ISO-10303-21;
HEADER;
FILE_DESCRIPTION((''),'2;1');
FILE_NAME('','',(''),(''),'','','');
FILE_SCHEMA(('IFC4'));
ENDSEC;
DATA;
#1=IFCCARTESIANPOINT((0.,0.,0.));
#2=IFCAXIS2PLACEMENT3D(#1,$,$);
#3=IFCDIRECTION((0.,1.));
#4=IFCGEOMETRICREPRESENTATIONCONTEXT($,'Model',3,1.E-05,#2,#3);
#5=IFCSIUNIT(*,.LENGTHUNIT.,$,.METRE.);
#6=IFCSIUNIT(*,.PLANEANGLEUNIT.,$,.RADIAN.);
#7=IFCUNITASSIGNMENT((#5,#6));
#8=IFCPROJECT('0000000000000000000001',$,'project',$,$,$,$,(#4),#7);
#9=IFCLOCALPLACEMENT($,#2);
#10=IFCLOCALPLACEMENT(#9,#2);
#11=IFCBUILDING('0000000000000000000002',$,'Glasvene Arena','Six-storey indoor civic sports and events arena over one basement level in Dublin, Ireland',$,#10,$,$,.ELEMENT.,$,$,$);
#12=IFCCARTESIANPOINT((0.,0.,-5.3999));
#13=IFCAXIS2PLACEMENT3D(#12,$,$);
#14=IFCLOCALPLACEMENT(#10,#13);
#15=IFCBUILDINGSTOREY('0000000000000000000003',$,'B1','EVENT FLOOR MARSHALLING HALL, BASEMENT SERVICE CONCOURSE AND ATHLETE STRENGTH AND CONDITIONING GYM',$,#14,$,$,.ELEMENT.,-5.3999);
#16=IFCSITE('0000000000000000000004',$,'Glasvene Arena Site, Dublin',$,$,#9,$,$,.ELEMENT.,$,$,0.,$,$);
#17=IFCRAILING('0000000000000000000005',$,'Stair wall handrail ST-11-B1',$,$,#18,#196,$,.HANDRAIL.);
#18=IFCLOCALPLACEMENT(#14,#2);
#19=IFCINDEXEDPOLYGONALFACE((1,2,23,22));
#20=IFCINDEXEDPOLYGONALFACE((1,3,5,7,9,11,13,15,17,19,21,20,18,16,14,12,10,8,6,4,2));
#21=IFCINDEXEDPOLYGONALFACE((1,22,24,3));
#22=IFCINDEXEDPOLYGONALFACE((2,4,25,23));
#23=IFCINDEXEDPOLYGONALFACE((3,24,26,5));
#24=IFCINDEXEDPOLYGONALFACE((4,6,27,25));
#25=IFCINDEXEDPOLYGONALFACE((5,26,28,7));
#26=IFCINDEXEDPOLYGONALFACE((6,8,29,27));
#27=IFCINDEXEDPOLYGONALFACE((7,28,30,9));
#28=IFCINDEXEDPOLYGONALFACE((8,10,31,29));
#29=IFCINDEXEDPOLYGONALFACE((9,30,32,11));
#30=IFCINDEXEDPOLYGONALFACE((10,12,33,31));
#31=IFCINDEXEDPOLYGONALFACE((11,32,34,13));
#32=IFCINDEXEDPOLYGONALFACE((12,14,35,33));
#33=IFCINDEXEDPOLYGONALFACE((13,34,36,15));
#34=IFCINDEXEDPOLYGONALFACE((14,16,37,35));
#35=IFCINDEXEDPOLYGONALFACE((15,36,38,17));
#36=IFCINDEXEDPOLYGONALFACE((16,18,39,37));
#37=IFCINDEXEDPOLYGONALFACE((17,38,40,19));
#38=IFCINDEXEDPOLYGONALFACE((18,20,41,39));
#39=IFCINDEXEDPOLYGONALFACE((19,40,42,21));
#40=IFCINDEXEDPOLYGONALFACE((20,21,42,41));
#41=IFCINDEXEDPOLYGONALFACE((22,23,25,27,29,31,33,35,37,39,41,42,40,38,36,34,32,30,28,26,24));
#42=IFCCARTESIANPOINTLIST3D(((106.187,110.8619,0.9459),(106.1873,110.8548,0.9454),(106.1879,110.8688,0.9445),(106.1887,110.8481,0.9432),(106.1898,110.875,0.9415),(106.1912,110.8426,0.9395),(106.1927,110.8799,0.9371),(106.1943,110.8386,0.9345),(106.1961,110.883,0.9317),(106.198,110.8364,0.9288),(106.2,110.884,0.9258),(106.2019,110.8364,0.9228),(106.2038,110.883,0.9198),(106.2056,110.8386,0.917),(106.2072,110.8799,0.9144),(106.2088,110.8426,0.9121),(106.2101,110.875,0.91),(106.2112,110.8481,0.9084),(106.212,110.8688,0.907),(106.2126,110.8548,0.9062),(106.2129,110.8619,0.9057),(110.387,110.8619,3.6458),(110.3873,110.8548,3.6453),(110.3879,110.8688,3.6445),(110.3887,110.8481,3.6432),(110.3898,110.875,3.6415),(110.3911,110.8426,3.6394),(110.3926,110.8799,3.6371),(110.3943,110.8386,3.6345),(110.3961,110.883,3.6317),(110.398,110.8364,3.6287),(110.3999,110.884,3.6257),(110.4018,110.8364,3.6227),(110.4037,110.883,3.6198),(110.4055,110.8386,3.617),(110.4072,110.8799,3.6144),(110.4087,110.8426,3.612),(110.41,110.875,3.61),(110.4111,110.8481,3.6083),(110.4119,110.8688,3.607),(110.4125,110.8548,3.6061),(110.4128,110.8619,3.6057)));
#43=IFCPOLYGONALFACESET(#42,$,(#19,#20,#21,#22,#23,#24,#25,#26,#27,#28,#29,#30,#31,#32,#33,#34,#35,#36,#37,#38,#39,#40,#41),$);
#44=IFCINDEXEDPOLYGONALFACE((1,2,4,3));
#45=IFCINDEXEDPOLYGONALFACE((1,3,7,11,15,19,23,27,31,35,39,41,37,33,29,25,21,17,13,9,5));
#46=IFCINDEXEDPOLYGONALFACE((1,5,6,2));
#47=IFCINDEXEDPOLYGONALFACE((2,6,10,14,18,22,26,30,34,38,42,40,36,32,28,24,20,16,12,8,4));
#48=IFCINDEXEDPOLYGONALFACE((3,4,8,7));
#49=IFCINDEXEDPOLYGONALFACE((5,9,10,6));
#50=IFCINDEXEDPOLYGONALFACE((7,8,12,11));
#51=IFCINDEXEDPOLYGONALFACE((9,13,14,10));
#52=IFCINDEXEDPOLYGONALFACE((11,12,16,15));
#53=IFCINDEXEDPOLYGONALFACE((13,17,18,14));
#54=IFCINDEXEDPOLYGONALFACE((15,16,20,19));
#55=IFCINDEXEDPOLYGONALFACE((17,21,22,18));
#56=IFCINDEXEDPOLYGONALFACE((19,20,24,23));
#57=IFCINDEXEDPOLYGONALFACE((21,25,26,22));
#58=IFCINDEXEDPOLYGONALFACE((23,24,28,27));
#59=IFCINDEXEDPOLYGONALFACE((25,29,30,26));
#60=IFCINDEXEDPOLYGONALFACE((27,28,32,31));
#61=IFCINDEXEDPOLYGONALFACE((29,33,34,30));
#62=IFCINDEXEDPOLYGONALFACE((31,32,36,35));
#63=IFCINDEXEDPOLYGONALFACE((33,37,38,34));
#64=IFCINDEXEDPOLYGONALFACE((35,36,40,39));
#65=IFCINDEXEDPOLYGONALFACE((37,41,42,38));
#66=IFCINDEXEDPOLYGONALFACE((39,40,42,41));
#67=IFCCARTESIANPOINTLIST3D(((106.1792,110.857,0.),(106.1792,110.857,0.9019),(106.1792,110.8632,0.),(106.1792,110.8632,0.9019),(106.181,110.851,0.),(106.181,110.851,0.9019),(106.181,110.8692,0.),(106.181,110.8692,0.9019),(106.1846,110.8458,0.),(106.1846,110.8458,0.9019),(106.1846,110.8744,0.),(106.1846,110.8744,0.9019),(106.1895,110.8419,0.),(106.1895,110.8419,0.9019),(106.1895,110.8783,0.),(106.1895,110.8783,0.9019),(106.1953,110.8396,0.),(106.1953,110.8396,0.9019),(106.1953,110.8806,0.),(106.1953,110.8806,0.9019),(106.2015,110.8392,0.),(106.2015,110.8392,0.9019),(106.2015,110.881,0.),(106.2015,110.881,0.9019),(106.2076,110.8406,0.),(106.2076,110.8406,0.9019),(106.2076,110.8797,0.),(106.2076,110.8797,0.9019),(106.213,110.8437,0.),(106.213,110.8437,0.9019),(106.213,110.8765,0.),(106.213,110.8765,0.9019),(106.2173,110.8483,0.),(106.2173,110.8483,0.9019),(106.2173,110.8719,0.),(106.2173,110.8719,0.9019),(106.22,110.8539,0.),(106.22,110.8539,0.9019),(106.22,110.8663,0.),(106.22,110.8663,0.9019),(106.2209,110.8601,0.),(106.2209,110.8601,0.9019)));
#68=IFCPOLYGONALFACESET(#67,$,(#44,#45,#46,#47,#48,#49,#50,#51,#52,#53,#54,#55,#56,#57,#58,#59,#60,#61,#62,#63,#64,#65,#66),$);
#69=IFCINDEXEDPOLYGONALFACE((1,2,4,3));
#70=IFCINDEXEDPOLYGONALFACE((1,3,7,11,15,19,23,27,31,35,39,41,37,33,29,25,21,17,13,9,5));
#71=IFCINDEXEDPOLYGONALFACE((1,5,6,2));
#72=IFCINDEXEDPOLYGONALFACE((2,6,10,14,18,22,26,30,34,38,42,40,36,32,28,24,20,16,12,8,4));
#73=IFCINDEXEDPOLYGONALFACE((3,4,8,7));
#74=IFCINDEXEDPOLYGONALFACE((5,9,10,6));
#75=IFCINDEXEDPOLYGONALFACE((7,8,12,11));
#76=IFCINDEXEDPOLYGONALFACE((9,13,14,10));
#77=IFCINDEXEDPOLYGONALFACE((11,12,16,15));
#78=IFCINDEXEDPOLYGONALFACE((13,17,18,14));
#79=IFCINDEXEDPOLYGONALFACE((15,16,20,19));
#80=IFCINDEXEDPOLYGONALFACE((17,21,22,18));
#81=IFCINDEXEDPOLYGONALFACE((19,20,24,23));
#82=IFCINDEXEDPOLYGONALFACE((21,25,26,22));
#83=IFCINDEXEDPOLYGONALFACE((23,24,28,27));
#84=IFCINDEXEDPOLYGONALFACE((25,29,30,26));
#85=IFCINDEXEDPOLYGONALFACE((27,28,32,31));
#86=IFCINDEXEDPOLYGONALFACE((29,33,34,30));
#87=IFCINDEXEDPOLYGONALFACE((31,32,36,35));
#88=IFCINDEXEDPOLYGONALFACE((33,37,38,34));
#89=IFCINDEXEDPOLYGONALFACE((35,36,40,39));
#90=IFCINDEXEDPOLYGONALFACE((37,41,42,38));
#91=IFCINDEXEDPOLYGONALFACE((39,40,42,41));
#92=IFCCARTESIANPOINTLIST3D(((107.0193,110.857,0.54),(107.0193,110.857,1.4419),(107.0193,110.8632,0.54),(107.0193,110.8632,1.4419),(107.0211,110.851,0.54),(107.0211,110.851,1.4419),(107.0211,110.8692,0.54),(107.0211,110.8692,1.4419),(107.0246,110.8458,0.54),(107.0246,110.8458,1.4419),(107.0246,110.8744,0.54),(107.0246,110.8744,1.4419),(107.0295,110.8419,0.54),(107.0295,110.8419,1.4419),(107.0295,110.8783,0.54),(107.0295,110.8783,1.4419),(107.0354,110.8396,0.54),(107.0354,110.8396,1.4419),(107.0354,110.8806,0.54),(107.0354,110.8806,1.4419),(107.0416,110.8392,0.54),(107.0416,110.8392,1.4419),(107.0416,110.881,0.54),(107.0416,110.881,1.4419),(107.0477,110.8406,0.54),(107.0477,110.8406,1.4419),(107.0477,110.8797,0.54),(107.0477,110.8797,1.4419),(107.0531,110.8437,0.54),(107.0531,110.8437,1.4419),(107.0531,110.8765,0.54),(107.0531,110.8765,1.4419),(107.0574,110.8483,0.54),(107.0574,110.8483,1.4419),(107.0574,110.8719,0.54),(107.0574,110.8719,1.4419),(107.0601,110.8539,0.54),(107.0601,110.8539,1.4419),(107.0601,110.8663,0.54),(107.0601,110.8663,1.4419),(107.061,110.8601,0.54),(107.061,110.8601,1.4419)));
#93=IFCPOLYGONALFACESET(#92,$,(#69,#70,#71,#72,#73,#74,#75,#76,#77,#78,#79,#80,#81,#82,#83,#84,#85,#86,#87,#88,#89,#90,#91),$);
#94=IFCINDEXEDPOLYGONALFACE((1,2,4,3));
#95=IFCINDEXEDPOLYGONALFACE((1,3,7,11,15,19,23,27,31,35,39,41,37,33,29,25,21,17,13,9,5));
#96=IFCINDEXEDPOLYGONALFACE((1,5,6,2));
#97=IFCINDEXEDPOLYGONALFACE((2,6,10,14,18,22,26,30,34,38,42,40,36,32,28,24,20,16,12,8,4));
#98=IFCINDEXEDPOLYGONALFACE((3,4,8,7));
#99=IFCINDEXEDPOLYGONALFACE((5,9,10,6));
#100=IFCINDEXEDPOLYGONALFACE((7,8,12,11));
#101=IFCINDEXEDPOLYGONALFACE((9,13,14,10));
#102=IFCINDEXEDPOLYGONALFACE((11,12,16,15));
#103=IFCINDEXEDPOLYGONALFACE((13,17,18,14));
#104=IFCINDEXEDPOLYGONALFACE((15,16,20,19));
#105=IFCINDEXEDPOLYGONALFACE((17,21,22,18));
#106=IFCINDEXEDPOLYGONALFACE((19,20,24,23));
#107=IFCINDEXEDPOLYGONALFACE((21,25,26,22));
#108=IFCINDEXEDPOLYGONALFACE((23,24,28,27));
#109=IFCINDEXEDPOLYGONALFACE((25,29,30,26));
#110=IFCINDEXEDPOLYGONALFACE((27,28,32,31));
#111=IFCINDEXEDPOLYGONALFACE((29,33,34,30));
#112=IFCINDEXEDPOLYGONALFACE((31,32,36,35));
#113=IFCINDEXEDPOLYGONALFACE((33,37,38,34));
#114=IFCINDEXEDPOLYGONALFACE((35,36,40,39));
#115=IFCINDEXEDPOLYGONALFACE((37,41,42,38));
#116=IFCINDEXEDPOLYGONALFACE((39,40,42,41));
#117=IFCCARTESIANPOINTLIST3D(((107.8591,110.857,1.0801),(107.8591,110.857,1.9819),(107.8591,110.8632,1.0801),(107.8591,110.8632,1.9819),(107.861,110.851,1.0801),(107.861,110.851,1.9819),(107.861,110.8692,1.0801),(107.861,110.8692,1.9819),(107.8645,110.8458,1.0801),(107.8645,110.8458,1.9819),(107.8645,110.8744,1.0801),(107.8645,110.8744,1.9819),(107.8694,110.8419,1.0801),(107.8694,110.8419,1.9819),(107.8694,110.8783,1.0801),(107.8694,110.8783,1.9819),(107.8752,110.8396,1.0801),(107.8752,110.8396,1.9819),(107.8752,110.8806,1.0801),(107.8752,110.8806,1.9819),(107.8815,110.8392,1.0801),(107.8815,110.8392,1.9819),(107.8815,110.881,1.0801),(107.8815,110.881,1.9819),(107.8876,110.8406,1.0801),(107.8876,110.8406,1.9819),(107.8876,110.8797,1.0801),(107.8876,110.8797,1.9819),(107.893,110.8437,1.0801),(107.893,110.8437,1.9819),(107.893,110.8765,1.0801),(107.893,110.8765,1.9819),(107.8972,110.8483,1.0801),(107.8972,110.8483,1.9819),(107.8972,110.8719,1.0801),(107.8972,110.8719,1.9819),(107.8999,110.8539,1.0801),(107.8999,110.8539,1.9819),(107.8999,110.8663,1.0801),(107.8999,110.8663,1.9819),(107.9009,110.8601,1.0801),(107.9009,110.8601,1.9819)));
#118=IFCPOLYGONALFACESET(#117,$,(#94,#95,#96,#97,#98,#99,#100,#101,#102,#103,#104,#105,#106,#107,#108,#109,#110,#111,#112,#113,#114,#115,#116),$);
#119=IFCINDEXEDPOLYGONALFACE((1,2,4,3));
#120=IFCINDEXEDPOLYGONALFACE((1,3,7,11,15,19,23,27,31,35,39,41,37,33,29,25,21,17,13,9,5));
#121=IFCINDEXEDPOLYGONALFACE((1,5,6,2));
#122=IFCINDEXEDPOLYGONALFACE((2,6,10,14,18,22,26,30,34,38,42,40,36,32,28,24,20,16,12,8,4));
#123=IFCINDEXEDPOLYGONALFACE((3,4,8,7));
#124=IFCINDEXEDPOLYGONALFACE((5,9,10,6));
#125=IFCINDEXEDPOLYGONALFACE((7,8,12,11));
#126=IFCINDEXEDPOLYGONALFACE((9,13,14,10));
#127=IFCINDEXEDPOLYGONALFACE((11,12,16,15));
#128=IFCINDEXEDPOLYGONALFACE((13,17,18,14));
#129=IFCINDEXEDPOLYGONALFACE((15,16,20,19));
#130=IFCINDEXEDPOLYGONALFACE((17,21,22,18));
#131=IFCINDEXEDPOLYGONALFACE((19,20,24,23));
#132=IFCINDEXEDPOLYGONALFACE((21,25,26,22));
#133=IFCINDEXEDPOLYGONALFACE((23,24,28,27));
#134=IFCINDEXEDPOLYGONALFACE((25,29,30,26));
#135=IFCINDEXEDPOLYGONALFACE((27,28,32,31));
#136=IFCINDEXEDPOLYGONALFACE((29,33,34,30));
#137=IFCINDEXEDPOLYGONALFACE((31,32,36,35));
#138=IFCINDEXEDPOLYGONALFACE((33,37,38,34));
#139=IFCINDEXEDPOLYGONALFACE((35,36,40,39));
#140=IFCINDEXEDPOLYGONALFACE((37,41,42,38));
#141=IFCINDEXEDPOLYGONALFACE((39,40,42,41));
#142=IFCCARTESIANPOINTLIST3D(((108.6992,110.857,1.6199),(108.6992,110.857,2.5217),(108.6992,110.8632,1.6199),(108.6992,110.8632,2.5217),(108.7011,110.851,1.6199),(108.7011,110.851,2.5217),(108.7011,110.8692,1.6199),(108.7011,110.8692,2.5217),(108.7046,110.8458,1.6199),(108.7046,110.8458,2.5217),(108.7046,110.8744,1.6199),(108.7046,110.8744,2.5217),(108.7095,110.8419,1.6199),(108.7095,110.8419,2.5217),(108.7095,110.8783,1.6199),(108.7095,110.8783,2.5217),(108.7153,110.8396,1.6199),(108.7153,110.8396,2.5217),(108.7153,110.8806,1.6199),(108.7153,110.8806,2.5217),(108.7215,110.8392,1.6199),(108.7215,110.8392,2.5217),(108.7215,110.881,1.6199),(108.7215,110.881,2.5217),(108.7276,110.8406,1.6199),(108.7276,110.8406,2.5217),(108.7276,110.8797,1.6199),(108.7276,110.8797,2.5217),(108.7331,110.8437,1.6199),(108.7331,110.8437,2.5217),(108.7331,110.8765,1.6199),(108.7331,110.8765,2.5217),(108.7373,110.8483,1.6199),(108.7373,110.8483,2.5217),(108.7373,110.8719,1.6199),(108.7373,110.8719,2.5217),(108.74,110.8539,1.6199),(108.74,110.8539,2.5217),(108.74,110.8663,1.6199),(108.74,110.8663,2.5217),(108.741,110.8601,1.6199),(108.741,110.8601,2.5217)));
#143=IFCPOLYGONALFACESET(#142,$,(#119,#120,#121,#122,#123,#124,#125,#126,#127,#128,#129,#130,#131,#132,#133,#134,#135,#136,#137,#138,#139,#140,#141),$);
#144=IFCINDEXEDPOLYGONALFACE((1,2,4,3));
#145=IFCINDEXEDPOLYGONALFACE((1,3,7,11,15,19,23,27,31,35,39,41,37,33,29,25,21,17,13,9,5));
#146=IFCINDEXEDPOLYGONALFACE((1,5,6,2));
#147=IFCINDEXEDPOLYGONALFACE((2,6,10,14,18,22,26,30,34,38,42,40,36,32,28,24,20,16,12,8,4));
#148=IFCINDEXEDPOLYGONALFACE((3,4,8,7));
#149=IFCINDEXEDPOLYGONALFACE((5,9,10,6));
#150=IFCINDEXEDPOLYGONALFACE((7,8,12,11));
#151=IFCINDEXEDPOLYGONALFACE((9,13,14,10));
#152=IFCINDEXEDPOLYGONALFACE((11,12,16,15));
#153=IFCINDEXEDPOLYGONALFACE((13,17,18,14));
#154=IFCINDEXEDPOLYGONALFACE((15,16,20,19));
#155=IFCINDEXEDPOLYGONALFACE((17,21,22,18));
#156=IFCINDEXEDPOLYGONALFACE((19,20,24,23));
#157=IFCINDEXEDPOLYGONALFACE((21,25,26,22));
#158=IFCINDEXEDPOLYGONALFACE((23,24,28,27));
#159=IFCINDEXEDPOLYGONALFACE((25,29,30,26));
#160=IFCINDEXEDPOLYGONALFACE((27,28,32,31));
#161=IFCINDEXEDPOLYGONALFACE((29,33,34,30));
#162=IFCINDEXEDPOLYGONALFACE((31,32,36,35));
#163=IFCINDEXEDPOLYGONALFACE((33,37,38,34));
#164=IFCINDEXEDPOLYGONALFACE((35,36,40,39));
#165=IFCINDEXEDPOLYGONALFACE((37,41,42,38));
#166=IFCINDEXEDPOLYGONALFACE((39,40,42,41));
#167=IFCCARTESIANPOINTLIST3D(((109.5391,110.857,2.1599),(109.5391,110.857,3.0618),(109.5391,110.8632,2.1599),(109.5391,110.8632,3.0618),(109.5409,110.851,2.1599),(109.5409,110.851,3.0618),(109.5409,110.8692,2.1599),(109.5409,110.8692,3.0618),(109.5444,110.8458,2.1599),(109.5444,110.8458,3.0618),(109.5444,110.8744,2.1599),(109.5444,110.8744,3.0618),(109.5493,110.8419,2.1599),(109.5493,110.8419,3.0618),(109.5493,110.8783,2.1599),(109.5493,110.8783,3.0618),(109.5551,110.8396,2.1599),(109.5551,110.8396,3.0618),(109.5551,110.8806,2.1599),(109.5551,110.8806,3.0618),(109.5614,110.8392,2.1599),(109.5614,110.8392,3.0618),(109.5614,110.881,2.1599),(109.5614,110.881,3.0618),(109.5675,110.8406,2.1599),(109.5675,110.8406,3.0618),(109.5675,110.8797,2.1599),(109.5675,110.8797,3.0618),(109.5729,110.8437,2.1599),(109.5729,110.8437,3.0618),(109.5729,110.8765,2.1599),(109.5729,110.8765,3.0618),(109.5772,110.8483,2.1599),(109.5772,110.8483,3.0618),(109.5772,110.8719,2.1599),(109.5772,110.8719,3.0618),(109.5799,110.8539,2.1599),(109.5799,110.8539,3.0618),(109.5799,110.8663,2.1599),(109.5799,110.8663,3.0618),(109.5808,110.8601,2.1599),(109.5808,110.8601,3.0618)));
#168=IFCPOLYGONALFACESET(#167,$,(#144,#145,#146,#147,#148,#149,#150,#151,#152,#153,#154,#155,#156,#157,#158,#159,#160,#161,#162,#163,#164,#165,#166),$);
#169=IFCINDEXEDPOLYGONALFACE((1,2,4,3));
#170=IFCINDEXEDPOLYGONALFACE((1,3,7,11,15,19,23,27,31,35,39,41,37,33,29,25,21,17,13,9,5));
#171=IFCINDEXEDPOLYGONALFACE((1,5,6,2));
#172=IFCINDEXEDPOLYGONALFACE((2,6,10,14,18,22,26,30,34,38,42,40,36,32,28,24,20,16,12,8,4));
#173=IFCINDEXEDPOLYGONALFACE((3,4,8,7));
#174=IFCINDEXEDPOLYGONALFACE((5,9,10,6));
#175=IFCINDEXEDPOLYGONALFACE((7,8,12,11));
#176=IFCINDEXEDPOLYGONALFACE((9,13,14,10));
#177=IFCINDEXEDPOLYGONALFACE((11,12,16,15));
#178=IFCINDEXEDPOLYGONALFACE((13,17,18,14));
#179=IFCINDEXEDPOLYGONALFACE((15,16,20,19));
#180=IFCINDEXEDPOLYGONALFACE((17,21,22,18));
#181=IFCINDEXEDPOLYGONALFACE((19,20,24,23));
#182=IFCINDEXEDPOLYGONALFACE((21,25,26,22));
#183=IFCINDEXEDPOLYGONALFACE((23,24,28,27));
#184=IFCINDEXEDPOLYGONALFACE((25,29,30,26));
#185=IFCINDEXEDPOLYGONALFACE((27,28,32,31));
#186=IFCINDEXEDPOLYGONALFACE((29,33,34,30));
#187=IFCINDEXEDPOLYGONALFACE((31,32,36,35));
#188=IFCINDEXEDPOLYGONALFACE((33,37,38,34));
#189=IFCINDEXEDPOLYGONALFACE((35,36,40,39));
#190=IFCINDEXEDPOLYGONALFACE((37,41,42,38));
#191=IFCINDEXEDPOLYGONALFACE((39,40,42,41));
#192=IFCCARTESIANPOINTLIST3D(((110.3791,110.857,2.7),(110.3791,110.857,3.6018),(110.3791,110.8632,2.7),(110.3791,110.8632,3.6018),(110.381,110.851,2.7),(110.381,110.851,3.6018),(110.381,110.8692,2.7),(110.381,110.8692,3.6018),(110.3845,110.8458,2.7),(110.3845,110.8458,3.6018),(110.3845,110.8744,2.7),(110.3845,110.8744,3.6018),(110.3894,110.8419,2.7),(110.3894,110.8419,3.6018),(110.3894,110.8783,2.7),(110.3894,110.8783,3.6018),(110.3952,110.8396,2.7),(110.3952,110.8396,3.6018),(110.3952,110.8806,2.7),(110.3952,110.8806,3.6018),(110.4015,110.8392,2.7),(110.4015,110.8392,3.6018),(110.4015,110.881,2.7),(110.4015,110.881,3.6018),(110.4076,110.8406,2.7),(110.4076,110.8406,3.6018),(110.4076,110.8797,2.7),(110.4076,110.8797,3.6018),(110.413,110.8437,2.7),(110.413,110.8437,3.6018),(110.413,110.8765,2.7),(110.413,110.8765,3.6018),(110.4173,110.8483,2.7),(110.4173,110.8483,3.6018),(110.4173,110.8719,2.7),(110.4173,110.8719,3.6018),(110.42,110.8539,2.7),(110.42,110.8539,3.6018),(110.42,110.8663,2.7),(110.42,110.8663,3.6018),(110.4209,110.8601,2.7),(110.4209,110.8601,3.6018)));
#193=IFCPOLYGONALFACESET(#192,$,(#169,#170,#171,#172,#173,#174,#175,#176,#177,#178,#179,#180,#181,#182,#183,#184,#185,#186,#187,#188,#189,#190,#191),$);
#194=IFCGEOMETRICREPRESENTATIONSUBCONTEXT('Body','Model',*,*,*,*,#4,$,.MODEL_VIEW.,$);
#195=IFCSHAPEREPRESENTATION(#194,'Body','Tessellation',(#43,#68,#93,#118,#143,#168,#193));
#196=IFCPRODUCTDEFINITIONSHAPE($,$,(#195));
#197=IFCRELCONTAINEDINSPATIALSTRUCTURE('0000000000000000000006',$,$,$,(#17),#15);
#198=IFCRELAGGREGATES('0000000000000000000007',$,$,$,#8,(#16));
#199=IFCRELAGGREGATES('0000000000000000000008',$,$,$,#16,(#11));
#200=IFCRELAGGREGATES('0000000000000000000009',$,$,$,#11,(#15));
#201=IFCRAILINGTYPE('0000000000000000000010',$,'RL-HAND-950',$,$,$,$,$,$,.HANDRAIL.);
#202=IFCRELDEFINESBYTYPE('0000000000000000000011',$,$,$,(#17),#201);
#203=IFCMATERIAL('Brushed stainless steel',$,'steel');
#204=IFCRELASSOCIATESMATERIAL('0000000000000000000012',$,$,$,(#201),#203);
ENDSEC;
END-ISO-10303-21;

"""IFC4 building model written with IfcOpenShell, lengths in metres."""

from ifc_helpers import new_model, si_unit, direction, frame, origin, origin_2d, place, context, subcontext, project, spatial, circle, extrude, material, type_object, element, save


model = new_model("IFC4")

# Units and contexts
model_context = context("Model", 3, precision=1e-05, world=origin(), true_north=direction((0.0, 1.0)))
body_context = subcontext(model_context, "Body", "Model", "MODEL_VIEW")
ifc_project = project(units=[si_unit("LENGTHUNIT", "METRE"), si_unit("PLANEANGLEUNIT", "RADIAN")], contexts=[model_context])

# Site, building, storey
site_placement = place(None, origin())
site = spatial("IfcSite", under=ifc_project, at=site_placement, Name="Glasvene Arena Site, Dublin", CompositionType="ELEMENT", RefElevation=0.0)
building_placement = place(site_placement, origin())
building = spatial("IfcBuilding", under=site, at=building_placement, Name="Glasvene Arena", Description="Six-storey indoor civic sports and events arena over one basement level in Dublin, Ireland", CompositionType="ELEMENT")
storey_placement = place(building_placement, frame((0.0, 0.0, -5.3999)))
storey = spatial("IfcBuildingStorey", under=building, at=storey_placement, Name="B1", Description="EVENT FLOOR MARSHALLING HALL, BASEMENT SERVICE CONCOURSE AND ATHLETE STRENGTH AND CONDITIONING GYM", CompositionType="ELEMENT", Elevation=-5.3999)

# Railing
ifc_material_1 = material(Name="Brushed stainless steel", Category="steel")
railing_type_1 = type_object("IfcRailingType", Name="RL-HAND-950", PredefinedType="HANDRAIL", material=ifc_material_1)
railing_1_placement = place(storey_placement, frame((106.2, 110.8601, 0.0)))
element("IfcRailing", 1, at=railing_1_placement, inside=storey, type_object=railing_type_1, Name="Stair wall handrail ST-11-B1", PredefinedType="HANDRAIL", context=body_context, shape_type="SweptSolid", body=[
    extrude(circle(Radius=0.0239, at=origin_2d()), frame((0.0, 0.0, 0.9258), z_axis=(0.84118, 0.0, 0.540755), x_axis=(0.0, 1.0, 0.0)), (0.0, 0.0, 1.0), 4.9929),
    extrude(circle(Radius=0.021, at=origin_2d()), origin(), (0.0, 0.0, 1.0), 0.9019),
    extrude(circle(Radius=0.021, at=origin_2d()), frame((0.8401, 0.0, 0.54)), (0.0, 0.0, 1.0), 0.9019),
    extrude(circle(Radius=0.021, at=origin_2d()), frame((1.6799, 0.0, 1.0801)), (0.0, 0.0, 1.0), 0.9019),
    extrude(circle(Radius=0.021, at=origin_2d()), frame((2.52, 0.0, 1.6199)), (0.0, 0.0, 1.0), 0.9019),
    extrude(circle(Radius=0.021, at=origin_2d()), frame((3.3599, 0.0, 2.1599)), (0.0, 0.0, 1.0), 0.9019),
    extrude(circle(Radius=0.021, at=origin_2d()), frame((4.2, 0.0, 2.7)), (0.0, 0.0, 1.0), 0.9019),
])

save(model, "model.ifc")
